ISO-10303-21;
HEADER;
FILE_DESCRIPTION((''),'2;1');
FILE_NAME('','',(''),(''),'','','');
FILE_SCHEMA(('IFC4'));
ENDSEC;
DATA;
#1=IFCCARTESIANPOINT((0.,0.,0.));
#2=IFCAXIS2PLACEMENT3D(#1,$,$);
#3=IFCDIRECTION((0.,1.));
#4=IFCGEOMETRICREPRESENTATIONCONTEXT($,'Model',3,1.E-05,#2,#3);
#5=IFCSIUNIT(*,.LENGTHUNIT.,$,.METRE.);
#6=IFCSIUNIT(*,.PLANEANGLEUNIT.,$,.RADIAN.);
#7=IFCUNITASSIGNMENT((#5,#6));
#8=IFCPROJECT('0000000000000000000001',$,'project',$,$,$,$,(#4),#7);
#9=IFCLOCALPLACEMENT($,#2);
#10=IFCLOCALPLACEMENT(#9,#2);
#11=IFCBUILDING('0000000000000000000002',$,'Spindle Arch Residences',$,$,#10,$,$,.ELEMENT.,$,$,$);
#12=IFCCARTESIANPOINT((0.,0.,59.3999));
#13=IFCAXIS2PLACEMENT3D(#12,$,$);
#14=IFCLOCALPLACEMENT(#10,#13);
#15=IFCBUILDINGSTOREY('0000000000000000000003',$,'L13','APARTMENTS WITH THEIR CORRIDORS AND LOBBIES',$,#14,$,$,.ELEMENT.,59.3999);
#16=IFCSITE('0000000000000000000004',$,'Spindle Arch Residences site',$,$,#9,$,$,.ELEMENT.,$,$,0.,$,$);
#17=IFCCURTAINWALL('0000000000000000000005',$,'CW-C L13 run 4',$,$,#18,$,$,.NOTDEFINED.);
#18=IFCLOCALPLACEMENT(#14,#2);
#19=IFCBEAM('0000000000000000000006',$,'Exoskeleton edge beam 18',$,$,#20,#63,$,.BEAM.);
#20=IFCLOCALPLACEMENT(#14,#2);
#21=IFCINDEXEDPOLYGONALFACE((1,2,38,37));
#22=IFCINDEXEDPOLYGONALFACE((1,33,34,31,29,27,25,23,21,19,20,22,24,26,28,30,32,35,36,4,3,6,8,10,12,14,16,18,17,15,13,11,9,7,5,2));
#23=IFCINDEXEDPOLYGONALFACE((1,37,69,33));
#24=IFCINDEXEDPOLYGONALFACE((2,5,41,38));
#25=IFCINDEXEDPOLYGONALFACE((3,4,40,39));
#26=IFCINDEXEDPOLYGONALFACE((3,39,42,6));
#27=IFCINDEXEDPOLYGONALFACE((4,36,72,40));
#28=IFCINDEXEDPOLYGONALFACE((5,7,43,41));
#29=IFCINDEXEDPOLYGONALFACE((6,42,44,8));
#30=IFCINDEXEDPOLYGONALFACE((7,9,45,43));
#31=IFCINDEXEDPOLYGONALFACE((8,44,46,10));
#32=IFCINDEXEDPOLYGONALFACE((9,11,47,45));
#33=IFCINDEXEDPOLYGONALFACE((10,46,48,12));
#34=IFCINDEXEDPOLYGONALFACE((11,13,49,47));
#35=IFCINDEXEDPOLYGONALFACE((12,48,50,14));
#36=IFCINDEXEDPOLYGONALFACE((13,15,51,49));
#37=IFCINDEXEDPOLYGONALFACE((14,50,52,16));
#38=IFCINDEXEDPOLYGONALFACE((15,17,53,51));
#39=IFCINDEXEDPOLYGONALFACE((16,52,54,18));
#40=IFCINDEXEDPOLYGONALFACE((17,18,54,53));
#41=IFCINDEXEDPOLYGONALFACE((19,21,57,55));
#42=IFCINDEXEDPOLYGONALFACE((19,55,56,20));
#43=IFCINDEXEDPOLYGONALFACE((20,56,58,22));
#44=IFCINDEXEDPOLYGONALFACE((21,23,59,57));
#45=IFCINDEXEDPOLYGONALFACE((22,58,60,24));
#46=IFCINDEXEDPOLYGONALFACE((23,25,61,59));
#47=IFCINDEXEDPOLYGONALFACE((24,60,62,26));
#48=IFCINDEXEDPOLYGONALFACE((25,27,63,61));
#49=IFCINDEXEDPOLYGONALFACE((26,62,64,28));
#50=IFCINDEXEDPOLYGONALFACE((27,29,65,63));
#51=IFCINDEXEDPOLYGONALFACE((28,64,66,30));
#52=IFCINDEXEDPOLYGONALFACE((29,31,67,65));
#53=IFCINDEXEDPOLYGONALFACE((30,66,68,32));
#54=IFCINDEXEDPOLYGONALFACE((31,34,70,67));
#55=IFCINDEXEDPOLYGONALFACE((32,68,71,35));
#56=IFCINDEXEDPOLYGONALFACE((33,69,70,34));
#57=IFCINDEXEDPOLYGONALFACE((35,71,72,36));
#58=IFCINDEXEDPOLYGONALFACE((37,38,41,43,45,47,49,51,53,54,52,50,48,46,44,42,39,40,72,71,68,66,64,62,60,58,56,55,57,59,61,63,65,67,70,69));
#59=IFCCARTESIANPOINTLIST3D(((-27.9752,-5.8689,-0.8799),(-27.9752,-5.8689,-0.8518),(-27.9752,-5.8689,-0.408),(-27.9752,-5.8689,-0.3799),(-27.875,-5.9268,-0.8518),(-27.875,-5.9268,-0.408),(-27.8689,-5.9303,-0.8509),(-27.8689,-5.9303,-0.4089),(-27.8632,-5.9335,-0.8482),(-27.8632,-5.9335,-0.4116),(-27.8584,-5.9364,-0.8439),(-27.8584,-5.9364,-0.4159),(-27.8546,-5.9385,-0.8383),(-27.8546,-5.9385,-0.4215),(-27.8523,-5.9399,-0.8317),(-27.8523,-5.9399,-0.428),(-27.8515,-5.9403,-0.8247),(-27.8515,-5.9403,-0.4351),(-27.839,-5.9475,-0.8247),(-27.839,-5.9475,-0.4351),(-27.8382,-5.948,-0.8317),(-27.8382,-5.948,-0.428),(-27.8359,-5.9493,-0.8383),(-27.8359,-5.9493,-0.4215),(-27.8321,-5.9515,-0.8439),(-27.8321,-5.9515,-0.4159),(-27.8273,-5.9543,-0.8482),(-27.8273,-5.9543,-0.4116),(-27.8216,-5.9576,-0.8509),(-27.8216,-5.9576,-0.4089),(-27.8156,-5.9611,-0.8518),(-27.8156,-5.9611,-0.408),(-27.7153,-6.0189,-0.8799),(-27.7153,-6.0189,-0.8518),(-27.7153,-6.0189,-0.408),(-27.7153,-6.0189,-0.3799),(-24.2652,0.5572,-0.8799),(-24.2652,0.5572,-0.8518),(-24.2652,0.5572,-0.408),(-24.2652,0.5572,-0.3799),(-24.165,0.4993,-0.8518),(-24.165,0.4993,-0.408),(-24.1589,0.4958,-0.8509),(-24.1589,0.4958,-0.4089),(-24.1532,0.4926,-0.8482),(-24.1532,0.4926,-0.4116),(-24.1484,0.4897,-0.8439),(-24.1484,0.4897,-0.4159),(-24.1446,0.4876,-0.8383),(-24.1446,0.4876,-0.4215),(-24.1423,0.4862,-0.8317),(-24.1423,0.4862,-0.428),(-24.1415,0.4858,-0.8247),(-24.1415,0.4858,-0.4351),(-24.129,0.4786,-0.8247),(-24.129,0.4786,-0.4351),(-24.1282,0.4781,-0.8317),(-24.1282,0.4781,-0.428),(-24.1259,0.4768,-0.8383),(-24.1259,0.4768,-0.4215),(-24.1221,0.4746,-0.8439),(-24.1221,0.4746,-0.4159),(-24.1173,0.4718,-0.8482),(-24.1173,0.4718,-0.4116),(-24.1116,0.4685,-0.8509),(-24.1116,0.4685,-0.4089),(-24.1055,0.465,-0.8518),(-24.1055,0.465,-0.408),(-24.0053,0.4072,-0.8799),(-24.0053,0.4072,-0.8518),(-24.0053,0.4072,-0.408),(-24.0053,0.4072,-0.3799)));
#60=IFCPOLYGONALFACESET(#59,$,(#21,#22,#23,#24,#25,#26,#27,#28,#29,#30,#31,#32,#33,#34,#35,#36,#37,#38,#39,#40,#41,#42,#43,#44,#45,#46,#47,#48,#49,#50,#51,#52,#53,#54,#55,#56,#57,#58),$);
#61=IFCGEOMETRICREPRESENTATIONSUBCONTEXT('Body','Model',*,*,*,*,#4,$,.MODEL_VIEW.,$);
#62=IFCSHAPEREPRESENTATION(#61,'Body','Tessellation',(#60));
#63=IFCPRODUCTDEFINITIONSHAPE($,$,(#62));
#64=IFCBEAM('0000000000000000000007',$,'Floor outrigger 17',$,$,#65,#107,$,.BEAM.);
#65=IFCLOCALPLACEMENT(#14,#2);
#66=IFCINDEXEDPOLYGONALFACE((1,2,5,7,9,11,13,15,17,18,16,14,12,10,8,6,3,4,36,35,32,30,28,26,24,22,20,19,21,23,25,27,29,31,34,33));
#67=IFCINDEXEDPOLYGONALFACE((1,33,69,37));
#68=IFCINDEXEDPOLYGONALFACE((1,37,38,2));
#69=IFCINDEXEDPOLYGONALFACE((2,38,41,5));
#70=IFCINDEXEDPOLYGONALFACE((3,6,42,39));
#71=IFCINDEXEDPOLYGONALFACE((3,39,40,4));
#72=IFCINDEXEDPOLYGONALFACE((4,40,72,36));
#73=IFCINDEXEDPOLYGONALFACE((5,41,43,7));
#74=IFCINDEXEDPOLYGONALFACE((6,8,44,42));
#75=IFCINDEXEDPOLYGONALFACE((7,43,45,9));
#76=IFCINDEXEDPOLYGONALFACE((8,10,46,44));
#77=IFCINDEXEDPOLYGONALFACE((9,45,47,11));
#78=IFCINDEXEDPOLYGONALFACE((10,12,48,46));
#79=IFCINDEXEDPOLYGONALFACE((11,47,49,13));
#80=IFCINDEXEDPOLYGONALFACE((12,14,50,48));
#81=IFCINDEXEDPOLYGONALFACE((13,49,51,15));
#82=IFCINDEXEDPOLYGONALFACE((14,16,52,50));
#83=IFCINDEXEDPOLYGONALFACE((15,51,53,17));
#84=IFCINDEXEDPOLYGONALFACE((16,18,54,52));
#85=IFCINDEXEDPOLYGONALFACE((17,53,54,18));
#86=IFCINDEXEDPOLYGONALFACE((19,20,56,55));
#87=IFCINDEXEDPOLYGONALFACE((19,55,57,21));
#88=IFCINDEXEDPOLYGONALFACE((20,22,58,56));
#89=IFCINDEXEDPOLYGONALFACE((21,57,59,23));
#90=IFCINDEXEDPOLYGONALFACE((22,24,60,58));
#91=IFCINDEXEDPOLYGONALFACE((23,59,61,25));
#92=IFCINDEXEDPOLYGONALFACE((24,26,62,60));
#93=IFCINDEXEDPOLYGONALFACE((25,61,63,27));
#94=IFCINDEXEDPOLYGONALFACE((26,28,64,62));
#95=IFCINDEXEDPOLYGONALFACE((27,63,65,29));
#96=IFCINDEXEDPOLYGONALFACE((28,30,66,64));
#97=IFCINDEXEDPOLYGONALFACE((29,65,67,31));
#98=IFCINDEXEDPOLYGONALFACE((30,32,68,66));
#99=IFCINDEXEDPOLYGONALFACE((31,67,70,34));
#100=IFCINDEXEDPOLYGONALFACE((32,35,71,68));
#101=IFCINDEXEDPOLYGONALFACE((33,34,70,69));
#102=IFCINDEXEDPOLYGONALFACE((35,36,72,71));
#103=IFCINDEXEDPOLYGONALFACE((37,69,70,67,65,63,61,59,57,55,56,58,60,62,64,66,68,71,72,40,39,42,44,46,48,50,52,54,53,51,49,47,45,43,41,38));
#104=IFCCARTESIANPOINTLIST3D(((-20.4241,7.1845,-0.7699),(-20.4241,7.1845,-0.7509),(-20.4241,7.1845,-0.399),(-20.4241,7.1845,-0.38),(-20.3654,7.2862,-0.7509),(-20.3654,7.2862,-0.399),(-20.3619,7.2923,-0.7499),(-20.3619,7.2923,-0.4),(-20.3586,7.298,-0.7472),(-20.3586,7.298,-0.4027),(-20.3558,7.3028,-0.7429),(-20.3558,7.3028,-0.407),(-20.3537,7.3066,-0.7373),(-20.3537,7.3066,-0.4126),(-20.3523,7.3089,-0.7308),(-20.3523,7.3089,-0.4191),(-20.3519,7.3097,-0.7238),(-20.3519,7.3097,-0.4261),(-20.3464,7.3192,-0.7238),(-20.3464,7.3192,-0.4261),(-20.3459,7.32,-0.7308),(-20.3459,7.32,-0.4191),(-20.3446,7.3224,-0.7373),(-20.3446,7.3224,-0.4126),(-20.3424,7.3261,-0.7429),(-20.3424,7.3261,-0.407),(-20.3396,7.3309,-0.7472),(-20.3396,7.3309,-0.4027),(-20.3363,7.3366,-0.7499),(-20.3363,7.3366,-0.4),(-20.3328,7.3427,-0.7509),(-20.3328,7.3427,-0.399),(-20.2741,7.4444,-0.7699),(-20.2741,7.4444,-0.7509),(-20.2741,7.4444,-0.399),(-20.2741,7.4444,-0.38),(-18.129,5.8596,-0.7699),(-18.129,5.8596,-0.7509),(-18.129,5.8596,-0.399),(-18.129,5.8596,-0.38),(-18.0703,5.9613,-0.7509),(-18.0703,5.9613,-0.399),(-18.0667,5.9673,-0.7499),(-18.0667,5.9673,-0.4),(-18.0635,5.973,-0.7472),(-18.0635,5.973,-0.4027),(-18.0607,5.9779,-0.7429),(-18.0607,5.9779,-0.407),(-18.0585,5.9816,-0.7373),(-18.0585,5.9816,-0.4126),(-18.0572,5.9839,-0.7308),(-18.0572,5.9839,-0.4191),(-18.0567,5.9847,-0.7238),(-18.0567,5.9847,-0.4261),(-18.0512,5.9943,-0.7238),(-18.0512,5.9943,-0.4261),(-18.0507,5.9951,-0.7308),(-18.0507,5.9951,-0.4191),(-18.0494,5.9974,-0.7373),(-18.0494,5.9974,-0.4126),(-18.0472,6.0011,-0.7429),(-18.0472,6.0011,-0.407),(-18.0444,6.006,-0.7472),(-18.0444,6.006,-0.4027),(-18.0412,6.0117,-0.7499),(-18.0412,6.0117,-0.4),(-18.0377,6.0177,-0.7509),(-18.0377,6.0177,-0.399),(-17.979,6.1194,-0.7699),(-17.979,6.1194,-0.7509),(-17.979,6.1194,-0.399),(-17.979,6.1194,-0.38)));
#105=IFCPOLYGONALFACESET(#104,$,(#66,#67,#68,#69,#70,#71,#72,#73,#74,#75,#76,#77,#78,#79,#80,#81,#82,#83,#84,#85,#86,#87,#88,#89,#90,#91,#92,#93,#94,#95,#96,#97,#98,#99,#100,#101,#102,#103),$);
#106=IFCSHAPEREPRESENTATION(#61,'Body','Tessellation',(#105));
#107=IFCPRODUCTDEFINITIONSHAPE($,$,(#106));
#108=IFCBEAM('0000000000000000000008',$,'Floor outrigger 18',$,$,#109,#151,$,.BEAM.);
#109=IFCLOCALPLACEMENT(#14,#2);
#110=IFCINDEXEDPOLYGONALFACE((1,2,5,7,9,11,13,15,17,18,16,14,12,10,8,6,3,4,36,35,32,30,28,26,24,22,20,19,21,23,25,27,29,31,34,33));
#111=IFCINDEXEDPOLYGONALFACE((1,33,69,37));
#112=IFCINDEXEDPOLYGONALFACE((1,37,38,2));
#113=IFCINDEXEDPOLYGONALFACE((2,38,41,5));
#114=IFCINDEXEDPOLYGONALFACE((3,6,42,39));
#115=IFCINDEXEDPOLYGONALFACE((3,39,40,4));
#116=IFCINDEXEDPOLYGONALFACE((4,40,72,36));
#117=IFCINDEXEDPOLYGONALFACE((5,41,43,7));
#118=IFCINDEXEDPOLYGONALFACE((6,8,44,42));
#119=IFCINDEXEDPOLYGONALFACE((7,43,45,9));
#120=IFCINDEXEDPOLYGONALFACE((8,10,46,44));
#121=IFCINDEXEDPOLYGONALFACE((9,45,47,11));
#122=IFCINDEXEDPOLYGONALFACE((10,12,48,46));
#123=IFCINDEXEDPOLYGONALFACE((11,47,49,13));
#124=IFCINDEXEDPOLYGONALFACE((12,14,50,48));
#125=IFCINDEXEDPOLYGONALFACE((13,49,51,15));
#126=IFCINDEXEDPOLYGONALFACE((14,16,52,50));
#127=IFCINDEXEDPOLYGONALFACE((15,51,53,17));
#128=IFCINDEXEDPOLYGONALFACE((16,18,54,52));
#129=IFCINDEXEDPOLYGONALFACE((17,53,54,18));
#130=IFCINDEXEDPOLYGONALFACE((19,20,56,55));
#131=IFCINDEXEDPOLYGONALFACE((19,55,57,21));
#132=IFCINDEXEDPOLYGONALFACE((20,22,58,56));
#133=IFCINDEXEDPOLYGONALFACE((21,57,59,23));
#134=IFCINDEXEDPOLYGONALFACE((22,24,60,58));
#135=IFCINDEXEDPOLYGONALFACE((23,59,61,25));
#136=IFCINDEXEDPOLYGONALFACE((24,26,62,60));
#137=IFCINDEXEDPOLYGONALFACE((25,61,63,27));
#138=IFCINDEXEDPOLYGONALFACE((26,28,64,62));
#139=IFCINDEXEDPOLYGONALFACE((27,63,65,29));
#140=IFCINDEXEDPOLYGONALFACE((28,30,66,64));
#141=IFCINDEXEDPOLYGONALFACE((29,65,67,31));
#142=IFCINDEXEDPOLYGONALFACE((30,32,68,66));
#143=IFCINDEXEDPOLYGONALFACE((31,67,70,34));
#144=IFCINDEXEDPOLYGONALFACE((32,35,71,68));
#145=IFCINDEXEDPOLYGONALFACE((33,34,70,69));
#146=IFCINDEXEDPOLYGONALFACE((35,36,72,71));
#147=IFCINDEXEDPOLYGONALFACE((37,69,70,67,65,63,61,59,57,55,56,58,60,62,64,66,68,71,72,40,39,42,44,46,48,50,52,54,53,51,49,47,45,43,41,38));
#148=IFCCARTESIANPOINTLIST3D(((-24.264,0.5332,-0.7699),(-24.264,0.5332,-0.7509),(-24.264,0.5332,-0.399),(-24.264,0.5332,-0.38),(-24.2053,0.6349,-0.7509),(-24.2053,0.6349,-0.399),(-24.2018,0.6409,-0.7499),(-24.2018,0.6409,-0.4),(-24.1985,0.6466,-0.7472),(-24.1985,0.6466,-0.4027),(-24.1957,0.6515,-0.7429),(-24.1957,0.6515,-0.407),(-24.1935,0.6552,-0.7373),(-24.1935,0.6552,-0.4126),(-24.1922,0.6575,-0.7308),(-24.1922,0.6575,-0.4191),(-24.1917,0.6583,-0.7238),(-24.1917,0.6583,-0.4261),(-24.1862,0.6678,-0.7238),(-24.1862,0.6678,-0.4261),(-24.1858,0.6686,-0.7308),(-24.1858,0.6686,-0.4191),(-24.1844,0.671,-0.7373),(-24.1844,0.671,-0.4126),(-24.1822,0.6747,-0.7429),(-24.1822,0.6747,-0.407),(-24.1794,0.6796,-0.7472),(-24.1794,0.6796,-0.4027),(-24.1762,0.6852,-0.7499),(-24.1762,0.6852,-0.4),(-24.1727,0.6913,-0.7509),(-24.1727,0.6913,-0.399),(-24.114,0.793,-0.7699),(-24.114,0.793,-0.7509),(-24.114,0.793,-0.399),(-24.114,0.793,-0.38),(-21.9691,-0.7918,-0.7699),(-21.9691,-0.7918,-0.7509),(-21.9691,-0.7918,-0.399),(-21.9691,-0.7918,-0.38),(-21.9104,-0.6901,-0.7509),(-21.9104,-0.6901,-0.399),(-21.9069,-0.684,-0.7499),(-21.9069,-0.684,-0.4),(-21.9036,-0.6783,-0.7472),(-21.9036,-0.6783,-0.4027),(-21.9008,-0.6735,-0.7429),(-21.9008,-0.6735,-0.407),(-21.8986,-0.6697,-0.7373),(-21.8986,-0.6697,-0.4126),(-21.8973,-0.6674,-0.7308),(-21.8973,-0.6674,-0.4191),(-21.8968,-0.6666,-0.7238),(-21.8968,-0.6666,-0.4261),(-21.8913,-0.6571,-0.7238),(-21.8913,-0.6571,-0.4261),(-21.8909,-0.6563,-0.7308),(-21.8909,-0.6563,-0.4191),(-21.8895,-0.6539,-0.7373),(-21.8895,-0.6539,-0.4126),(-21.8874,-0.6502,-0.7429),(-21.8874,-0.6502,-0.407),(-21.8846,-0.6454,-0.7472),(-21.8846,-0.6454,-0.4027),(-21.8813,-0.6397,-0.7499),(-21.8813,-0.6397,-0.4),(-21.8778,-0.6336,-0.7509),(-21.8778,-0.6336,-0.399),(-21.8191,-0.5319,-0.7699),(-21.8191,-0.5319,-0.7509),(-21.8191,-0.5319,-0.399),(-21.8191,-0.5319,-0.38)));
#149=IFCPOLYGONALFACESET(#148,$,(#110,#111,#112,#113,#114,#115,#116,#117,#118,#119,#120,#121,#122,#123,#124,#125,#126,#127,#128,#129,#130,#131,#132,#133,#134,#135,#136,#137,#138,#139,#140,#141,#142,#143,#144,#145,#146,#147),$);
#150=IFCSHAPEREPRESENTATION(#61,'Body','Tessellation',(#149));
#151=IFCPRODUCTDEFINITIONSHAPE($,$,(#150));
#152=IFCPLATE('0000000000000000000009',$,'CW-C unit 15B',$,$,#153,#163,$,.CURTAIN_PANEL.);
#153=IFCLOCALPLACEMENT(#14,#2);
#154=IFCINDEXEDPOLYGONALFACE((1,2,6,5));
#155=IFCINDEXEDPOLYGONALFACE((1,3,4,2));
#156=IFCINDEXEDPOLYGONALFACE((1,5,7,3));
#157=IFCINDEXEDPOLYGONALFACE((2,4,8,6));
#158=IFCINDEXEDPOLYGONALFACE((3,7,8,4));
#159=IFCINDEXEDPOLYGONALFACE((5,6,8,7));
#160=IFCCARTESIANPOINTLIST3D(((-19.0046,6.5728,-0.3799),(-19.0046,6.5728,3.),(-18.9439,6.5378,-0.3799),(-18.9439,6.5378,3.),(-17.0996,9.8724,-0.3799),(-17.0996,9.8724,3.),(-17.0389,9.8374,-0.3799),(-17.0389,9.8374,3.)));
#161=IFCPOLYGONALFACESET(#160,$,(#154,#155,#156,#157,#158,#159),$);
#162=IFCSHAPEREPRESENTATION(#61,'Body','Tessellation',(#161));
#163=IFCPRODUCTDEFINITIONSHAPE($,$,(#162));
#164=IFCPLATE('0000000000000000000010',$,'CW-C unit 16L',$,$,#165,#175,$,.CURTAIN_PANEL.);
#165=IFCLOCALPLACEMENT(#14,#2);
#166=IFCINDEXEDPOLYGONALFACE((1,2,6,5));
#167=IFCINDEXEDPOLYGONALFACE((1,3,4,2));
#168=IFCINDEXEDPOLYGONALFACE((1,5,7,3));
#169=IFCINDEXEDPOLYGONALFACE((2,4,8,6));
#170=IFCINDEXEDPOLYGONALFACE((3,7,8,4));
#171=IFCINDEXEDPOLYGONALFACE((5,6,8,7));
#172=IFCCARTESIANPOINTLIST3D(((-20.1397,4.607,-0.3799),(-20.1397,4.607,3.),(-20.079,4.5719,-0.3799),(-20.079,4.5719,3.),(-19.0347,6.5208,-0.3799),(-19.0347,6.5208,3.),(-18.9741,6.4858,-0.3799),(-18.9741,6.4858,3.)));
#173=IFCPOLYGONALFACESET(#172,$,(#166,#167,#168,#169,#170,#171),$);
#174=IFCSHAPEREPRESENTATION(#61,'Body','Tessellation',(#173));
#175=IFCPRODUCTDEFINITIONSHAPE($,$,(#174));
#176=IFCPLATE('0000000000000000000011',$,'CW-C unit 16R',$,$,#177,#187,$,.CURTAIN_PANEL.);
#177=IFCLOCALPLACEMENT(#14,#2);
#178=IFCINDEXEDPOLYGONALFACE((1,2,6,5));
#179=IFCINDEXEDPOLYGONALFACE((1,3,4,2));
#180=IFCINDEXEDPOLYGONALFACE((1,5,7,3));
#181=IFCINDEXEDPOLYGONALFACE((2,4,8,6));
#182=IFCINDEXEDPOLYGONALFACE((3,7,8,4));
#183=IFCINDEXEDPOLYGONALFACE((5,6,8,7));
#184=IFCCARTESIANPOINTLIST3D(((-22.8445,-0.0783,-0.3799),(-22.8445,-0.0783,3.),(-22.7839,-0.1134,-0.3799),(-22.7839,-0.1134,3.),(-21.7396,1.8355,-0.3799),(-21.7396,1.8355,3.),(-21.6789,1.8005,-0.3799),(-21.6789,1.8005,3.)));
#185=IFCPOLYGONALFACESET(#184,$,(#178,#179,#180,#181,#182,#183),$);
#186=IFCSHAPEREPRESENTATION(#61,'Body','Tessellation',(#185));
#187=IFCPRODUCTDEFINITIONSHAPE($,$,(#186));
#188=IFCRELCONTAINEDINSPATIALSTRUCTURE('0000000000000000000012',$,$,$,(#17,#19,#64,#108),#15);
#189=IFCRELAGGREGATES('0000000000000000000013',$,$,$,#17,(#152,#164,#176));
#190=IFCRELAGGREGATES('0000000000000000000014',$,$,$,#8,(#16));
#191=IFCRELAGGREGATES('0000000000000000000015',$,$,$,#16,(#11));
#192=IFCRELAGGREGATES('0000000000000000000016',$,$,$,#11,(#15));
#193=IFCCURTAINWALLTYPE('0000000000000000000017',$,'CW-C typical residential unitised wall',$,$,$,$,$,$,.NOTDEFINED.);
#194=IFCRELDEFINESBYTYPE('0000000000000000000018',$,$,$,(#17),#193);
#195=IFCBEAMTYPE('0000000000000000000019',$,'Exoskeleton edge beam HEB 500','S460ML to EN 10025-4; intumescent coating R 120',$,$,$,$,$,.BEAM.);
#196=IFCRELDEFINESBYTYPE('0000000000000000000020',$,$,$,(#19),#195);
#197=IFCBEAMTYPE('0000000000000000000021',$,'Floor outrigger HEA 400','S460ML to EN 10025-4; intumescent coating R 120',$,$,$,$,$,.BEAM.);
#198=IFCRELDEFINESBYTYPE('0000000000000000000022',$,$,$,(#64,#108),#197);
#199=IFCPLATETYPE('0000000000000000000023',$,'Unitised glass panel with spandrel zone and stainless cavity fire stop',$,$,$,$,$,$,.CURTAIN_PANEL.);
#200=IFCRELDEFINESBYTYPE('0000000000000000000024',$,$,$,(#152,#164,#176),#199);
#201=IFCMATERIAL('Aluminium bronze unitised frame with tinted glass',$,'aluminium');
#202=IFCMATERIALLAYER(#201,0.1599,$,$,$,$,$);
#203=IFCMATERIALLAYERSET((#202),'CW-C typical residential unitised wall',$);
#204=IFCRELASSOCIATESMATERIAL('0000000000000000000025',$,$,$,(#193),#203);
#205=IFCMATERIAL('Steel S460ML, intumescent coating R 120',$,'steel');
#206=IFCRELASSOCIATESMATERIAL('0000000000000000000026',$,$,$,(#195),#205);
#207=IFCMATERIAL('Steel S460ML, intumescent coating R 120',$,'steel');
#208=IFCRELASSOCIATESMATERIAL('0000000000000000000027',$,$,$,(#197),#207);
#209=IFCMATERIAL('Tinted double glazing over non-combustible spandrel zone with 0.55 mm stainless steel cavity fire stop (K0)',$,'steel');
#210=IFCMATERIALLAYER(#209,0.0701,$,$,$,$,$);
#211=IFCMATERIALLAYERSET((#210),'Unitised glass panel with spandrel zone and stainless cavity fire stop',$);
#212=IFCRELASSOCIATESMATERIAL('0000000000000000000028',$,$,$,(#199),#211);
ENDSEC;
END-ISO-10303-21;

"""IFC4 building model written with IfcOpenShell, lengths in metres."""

from ifc_helpers import new_model, si_unit, direction, frame, origin, origin_2d, place, context, subcontext, project, spatial, rectangle, i_section, extrude, material, layer, layer_set, material_profile, profile_set, type_object, element, aggregate, save


model = new_model("IFC4")

# Units and contexts
model_context = context("Model", 3, precision=1e-05, world=origin(), true_north=direction((0.0, 1.0)))
body_context = subcontext(model_context, "Body", "Model", "MODEL_VIEW")
ifc_project = project(units=[si_unit("LENGTHUNIT", "METRE"), si_unit("PLANEANGLEUNIT", "RADIAN")], contexts=[model_context])

# Site, building, storey
site_placement = place(None, origin())
site = spatial("IfcSite", under=ifc_project, at=site_placement, Name="Spindle Arch Residences site", CompositionType="ELEMENT", RefElevation=0.0)
building_placement = place(site_placement, origin())
building = spatial("IfcBuilding", under=site, at=building_placement, Name="Spindle Arch Residences", CompositionType="ELEMENT")
storey_placement = place(building_placement, frame((0.0, 0.0, 59.3999)))
storey = spatial("IfcBuildingStorey", under=building, at=storey_placement, Name="L13", Description="APARTMENTS WITH THEIR CORRIDORS AND LOBBIES", CompositionType="ELEMENT", Elevation=59.3999)

# Curtain wall
ifc_material_1 = material(Name="Aluminium bronze unitised frame with tinted glass", Category="aluminium")
ifc_layer_1 = layer(ifc_material_1, 0.1599)
ifc_layer_set_1 = layer_set([ifc_layer_1], Name="CW-C typical residential unitised wall")
curtain_wall_type = type_object("IfcCurtainWallType", Name="CW-C typical residential unitised wall", PredefinedType="NOTDEFINED", material=ifc_layer_set_1)
curtain_wall_placement = place(storey_placement, origin())
curtain_wall = element("IfcCurtainWall", 1, at=curtain_wall_placement, inside=storey, type_object=curtain_wall_type, Name="CW-C L13 run 4", PredefinedType="NOTDEFINED")

# Beams
ifc_material_2 = material(Name="Steel S460ML, intumescent coating R 120", Category="steel")
ifc_material_profile_1 = material_profile(ifc_material_2, i_section(OverallWidth=0.3, OverallDepth=0.5, WebThickness=0.0144, FlangeThickness=0.0281, FilletRadius=0.0271, at=origin_2d()), Name="HEB 500")
ifc_profile_set_1 = profile_set([ifc_material_profile_1], Name="Steel S460ML, intumescent coating R 120")
beam_type_1 = type_object("IfcBeamType", Name="Exoskeleton edge beam HEB 500", Description="S460ML to EN 10025-4; intumescent coating R 120", PredefinedType="BEAM", material=ifc_profile_set_1)
for number, where, z_axis, x_axis, name in (
    (2, (-24.1353, 0.4822, -0.6299), (-0.499989, -0.866032, 0.0), (0.866032, -0.499989, 0.0), "Exoskeleton edge beam 18"),
):
    element("IfcBeam", number, at=place(storey_placement, frame(where, z_axis=z_axis, x_axis=x_axis)), inside=storey, type_object=beam_type_1, Name=name, PredefinedType="BEAM", context=body_context, shape_type="SweptSolid", body=[
        extrude(i_section(OverallWidth=0.3, OverallDepth=0.5, WebThickness=0.0144, FlangeThickness=0.0281, FilletRadius=0.0271, at=origin_2d()), origin(), (0.0, 0.0, 1.0), 7.4202),
    ])
ifc_material_3 = material(Name="Steel S460ML, intumescent coating R 120", Category="steel")
ifc_material_profile_2 = material_profile(ifc_material_3, i_section(OverallWidth=0.3, OverallDepth=0.3899, WebThickness=0.011, FlangeThickness=0.019, FilletRadius=0.0271, at=origin_2d()), Name="HEA 400")
ifc_profile_set_2 = profile_set([ifc_material_profile_2], Name="Steel S460ML, intumescent coating R 120")
beam_type_2 = type_object("IfcBeamType", Name="Floor outrigger HEA 400", Description="S460ML to EN 10025-4; intumescent coating R 120", PredefinedType="BEAM", material=ifc_profile_set_2)
beam_1_placement = place(storey_placement, frame((-20.3491, 7.3145, -0.575), z_axis=(0.866052, -0.499954, 0.0), x_axis=(0.499954, 0.866052, 0.0)))
element("IfcBeam", 3, at=beam_1_placement, inside=storey, type_object=beam_type_2, Name="Floor outrigger 17", PredefinedType="BEAM", context=body_context, shape_type="SweptSolid", body=[
    extrude(i_section(OverallWidth=0.3, OverallDepth=0.3899, WebThickness=0.011, FlangeThickness=0.019, FilletRadius=0.0271, at=origin_2d()), origin(), (0.0, 0.0, 1.0), 2.6501),
])
beam_2_placement = place(storey_placement, frame((-24.189, 0.6631, -0.575), z_axis=(0.866029, -0.499994, 0.0), x_axis=(0.499994, 0.866029, 0.0)))
element("IfcBeam", 4, at=beam_2_placement, inside=storey, type_object=beam_type_2, Name="Floor outrigger 18", PredefinedType="BEAM", context=body_context, shape_type="SweptSolid", body=[
    extrude(i_section(OverallWidth=0.3, OverallDepth=0.3899, WebThickness=0.011, FlangeThickness=0.019, FilletRadius=0.0271, at=origin_2d()), origin(), (0.0, 0.0, 1.0), 2.6499),
])

# Plates
ifc_material_4 = material(Name="Tinted double glazing over non-combustible spandrel zone with 0.55 mm stainless steel cavity fire stop (K0)", Category="steel")
ifc_layer_2 = layer(ifc_material_4, 0.0701)
ifc_layer_set_2 = layer_set([ifc_layer_2], Name="Unitised glass panel with spandrel zone and stainless cavity fire stop")
plate_type = type_object("IfcPlateType", Name="Unitised glass panel with spandrel zone and stainless cavity fire stop", PredefinedType="CURTAIN_PANEL", material=ifc_layer_set_2)
plate_1_placement = place(storey_placement, frame((-18.0217, 8.2051, -0.3799), z_axis=(0.0, 0.0, 1.0), x_axis=(-0.5, -0.866025, 0.0)))
plate_1 = element("IfcPlate", 5, at=plate_1_placement, type_object=plate_type, Name="CW-C unit 15B", PredefinedType="CURTAIN_PANEL", context=body_context, shape_type="SweptSolid", body=[
    extrude(rectangle(XDim=3.8101, YDim=0.0701, at=origin_2d()), origin(), (0.0, 0.0, 1.0), 3.3799),
])
plate_2_placement = place(storey_placement, frame((-19.5569, 5.5464, -0.3799), z_axis=(0.0, 0.0, 1.0), x_axis=(-0.5, -0.866025, 0.0)))
plate_2 = element("IfcPlate", 6, at=plate_2_placement, type_object=plate_type, Name="CW-C unit 16L", PredefinedType="CURTAIN_PANEL", context=body_context, shape_type="SweptSolid", body=[
    extrude(rectangle(XDim=2.21, YDim=0.0701, at=origin_2d()), origin(), (0.0, 0.0, 1.0), 3.3799),
])
plate_3_placement = place(storey_placement, frame((-22.2617, 0.8611, -0.3799), z_axis=(0.0, 0.0, 1.0), x_axis=(-0.5, -0.866025, 0.0)))
plate_3 = element("IfcPlate", 7, at=plate_3_placement, type_object=plate_type, Name="CW-C unit 16R", PredefinedType="CURTAIN_PANEL", context=body_context, shape_type="SweptSolid", body=[
    extrude(rectangle(XDim=2.21, YDim=0.0701, at=origin_2d()), origin(), (0.0, 0.0, 1.0), 3.3799),
])
aggregate(curtain_wall, [plate_1, plate_2, plate_3])

save(model, "model.ifc")
